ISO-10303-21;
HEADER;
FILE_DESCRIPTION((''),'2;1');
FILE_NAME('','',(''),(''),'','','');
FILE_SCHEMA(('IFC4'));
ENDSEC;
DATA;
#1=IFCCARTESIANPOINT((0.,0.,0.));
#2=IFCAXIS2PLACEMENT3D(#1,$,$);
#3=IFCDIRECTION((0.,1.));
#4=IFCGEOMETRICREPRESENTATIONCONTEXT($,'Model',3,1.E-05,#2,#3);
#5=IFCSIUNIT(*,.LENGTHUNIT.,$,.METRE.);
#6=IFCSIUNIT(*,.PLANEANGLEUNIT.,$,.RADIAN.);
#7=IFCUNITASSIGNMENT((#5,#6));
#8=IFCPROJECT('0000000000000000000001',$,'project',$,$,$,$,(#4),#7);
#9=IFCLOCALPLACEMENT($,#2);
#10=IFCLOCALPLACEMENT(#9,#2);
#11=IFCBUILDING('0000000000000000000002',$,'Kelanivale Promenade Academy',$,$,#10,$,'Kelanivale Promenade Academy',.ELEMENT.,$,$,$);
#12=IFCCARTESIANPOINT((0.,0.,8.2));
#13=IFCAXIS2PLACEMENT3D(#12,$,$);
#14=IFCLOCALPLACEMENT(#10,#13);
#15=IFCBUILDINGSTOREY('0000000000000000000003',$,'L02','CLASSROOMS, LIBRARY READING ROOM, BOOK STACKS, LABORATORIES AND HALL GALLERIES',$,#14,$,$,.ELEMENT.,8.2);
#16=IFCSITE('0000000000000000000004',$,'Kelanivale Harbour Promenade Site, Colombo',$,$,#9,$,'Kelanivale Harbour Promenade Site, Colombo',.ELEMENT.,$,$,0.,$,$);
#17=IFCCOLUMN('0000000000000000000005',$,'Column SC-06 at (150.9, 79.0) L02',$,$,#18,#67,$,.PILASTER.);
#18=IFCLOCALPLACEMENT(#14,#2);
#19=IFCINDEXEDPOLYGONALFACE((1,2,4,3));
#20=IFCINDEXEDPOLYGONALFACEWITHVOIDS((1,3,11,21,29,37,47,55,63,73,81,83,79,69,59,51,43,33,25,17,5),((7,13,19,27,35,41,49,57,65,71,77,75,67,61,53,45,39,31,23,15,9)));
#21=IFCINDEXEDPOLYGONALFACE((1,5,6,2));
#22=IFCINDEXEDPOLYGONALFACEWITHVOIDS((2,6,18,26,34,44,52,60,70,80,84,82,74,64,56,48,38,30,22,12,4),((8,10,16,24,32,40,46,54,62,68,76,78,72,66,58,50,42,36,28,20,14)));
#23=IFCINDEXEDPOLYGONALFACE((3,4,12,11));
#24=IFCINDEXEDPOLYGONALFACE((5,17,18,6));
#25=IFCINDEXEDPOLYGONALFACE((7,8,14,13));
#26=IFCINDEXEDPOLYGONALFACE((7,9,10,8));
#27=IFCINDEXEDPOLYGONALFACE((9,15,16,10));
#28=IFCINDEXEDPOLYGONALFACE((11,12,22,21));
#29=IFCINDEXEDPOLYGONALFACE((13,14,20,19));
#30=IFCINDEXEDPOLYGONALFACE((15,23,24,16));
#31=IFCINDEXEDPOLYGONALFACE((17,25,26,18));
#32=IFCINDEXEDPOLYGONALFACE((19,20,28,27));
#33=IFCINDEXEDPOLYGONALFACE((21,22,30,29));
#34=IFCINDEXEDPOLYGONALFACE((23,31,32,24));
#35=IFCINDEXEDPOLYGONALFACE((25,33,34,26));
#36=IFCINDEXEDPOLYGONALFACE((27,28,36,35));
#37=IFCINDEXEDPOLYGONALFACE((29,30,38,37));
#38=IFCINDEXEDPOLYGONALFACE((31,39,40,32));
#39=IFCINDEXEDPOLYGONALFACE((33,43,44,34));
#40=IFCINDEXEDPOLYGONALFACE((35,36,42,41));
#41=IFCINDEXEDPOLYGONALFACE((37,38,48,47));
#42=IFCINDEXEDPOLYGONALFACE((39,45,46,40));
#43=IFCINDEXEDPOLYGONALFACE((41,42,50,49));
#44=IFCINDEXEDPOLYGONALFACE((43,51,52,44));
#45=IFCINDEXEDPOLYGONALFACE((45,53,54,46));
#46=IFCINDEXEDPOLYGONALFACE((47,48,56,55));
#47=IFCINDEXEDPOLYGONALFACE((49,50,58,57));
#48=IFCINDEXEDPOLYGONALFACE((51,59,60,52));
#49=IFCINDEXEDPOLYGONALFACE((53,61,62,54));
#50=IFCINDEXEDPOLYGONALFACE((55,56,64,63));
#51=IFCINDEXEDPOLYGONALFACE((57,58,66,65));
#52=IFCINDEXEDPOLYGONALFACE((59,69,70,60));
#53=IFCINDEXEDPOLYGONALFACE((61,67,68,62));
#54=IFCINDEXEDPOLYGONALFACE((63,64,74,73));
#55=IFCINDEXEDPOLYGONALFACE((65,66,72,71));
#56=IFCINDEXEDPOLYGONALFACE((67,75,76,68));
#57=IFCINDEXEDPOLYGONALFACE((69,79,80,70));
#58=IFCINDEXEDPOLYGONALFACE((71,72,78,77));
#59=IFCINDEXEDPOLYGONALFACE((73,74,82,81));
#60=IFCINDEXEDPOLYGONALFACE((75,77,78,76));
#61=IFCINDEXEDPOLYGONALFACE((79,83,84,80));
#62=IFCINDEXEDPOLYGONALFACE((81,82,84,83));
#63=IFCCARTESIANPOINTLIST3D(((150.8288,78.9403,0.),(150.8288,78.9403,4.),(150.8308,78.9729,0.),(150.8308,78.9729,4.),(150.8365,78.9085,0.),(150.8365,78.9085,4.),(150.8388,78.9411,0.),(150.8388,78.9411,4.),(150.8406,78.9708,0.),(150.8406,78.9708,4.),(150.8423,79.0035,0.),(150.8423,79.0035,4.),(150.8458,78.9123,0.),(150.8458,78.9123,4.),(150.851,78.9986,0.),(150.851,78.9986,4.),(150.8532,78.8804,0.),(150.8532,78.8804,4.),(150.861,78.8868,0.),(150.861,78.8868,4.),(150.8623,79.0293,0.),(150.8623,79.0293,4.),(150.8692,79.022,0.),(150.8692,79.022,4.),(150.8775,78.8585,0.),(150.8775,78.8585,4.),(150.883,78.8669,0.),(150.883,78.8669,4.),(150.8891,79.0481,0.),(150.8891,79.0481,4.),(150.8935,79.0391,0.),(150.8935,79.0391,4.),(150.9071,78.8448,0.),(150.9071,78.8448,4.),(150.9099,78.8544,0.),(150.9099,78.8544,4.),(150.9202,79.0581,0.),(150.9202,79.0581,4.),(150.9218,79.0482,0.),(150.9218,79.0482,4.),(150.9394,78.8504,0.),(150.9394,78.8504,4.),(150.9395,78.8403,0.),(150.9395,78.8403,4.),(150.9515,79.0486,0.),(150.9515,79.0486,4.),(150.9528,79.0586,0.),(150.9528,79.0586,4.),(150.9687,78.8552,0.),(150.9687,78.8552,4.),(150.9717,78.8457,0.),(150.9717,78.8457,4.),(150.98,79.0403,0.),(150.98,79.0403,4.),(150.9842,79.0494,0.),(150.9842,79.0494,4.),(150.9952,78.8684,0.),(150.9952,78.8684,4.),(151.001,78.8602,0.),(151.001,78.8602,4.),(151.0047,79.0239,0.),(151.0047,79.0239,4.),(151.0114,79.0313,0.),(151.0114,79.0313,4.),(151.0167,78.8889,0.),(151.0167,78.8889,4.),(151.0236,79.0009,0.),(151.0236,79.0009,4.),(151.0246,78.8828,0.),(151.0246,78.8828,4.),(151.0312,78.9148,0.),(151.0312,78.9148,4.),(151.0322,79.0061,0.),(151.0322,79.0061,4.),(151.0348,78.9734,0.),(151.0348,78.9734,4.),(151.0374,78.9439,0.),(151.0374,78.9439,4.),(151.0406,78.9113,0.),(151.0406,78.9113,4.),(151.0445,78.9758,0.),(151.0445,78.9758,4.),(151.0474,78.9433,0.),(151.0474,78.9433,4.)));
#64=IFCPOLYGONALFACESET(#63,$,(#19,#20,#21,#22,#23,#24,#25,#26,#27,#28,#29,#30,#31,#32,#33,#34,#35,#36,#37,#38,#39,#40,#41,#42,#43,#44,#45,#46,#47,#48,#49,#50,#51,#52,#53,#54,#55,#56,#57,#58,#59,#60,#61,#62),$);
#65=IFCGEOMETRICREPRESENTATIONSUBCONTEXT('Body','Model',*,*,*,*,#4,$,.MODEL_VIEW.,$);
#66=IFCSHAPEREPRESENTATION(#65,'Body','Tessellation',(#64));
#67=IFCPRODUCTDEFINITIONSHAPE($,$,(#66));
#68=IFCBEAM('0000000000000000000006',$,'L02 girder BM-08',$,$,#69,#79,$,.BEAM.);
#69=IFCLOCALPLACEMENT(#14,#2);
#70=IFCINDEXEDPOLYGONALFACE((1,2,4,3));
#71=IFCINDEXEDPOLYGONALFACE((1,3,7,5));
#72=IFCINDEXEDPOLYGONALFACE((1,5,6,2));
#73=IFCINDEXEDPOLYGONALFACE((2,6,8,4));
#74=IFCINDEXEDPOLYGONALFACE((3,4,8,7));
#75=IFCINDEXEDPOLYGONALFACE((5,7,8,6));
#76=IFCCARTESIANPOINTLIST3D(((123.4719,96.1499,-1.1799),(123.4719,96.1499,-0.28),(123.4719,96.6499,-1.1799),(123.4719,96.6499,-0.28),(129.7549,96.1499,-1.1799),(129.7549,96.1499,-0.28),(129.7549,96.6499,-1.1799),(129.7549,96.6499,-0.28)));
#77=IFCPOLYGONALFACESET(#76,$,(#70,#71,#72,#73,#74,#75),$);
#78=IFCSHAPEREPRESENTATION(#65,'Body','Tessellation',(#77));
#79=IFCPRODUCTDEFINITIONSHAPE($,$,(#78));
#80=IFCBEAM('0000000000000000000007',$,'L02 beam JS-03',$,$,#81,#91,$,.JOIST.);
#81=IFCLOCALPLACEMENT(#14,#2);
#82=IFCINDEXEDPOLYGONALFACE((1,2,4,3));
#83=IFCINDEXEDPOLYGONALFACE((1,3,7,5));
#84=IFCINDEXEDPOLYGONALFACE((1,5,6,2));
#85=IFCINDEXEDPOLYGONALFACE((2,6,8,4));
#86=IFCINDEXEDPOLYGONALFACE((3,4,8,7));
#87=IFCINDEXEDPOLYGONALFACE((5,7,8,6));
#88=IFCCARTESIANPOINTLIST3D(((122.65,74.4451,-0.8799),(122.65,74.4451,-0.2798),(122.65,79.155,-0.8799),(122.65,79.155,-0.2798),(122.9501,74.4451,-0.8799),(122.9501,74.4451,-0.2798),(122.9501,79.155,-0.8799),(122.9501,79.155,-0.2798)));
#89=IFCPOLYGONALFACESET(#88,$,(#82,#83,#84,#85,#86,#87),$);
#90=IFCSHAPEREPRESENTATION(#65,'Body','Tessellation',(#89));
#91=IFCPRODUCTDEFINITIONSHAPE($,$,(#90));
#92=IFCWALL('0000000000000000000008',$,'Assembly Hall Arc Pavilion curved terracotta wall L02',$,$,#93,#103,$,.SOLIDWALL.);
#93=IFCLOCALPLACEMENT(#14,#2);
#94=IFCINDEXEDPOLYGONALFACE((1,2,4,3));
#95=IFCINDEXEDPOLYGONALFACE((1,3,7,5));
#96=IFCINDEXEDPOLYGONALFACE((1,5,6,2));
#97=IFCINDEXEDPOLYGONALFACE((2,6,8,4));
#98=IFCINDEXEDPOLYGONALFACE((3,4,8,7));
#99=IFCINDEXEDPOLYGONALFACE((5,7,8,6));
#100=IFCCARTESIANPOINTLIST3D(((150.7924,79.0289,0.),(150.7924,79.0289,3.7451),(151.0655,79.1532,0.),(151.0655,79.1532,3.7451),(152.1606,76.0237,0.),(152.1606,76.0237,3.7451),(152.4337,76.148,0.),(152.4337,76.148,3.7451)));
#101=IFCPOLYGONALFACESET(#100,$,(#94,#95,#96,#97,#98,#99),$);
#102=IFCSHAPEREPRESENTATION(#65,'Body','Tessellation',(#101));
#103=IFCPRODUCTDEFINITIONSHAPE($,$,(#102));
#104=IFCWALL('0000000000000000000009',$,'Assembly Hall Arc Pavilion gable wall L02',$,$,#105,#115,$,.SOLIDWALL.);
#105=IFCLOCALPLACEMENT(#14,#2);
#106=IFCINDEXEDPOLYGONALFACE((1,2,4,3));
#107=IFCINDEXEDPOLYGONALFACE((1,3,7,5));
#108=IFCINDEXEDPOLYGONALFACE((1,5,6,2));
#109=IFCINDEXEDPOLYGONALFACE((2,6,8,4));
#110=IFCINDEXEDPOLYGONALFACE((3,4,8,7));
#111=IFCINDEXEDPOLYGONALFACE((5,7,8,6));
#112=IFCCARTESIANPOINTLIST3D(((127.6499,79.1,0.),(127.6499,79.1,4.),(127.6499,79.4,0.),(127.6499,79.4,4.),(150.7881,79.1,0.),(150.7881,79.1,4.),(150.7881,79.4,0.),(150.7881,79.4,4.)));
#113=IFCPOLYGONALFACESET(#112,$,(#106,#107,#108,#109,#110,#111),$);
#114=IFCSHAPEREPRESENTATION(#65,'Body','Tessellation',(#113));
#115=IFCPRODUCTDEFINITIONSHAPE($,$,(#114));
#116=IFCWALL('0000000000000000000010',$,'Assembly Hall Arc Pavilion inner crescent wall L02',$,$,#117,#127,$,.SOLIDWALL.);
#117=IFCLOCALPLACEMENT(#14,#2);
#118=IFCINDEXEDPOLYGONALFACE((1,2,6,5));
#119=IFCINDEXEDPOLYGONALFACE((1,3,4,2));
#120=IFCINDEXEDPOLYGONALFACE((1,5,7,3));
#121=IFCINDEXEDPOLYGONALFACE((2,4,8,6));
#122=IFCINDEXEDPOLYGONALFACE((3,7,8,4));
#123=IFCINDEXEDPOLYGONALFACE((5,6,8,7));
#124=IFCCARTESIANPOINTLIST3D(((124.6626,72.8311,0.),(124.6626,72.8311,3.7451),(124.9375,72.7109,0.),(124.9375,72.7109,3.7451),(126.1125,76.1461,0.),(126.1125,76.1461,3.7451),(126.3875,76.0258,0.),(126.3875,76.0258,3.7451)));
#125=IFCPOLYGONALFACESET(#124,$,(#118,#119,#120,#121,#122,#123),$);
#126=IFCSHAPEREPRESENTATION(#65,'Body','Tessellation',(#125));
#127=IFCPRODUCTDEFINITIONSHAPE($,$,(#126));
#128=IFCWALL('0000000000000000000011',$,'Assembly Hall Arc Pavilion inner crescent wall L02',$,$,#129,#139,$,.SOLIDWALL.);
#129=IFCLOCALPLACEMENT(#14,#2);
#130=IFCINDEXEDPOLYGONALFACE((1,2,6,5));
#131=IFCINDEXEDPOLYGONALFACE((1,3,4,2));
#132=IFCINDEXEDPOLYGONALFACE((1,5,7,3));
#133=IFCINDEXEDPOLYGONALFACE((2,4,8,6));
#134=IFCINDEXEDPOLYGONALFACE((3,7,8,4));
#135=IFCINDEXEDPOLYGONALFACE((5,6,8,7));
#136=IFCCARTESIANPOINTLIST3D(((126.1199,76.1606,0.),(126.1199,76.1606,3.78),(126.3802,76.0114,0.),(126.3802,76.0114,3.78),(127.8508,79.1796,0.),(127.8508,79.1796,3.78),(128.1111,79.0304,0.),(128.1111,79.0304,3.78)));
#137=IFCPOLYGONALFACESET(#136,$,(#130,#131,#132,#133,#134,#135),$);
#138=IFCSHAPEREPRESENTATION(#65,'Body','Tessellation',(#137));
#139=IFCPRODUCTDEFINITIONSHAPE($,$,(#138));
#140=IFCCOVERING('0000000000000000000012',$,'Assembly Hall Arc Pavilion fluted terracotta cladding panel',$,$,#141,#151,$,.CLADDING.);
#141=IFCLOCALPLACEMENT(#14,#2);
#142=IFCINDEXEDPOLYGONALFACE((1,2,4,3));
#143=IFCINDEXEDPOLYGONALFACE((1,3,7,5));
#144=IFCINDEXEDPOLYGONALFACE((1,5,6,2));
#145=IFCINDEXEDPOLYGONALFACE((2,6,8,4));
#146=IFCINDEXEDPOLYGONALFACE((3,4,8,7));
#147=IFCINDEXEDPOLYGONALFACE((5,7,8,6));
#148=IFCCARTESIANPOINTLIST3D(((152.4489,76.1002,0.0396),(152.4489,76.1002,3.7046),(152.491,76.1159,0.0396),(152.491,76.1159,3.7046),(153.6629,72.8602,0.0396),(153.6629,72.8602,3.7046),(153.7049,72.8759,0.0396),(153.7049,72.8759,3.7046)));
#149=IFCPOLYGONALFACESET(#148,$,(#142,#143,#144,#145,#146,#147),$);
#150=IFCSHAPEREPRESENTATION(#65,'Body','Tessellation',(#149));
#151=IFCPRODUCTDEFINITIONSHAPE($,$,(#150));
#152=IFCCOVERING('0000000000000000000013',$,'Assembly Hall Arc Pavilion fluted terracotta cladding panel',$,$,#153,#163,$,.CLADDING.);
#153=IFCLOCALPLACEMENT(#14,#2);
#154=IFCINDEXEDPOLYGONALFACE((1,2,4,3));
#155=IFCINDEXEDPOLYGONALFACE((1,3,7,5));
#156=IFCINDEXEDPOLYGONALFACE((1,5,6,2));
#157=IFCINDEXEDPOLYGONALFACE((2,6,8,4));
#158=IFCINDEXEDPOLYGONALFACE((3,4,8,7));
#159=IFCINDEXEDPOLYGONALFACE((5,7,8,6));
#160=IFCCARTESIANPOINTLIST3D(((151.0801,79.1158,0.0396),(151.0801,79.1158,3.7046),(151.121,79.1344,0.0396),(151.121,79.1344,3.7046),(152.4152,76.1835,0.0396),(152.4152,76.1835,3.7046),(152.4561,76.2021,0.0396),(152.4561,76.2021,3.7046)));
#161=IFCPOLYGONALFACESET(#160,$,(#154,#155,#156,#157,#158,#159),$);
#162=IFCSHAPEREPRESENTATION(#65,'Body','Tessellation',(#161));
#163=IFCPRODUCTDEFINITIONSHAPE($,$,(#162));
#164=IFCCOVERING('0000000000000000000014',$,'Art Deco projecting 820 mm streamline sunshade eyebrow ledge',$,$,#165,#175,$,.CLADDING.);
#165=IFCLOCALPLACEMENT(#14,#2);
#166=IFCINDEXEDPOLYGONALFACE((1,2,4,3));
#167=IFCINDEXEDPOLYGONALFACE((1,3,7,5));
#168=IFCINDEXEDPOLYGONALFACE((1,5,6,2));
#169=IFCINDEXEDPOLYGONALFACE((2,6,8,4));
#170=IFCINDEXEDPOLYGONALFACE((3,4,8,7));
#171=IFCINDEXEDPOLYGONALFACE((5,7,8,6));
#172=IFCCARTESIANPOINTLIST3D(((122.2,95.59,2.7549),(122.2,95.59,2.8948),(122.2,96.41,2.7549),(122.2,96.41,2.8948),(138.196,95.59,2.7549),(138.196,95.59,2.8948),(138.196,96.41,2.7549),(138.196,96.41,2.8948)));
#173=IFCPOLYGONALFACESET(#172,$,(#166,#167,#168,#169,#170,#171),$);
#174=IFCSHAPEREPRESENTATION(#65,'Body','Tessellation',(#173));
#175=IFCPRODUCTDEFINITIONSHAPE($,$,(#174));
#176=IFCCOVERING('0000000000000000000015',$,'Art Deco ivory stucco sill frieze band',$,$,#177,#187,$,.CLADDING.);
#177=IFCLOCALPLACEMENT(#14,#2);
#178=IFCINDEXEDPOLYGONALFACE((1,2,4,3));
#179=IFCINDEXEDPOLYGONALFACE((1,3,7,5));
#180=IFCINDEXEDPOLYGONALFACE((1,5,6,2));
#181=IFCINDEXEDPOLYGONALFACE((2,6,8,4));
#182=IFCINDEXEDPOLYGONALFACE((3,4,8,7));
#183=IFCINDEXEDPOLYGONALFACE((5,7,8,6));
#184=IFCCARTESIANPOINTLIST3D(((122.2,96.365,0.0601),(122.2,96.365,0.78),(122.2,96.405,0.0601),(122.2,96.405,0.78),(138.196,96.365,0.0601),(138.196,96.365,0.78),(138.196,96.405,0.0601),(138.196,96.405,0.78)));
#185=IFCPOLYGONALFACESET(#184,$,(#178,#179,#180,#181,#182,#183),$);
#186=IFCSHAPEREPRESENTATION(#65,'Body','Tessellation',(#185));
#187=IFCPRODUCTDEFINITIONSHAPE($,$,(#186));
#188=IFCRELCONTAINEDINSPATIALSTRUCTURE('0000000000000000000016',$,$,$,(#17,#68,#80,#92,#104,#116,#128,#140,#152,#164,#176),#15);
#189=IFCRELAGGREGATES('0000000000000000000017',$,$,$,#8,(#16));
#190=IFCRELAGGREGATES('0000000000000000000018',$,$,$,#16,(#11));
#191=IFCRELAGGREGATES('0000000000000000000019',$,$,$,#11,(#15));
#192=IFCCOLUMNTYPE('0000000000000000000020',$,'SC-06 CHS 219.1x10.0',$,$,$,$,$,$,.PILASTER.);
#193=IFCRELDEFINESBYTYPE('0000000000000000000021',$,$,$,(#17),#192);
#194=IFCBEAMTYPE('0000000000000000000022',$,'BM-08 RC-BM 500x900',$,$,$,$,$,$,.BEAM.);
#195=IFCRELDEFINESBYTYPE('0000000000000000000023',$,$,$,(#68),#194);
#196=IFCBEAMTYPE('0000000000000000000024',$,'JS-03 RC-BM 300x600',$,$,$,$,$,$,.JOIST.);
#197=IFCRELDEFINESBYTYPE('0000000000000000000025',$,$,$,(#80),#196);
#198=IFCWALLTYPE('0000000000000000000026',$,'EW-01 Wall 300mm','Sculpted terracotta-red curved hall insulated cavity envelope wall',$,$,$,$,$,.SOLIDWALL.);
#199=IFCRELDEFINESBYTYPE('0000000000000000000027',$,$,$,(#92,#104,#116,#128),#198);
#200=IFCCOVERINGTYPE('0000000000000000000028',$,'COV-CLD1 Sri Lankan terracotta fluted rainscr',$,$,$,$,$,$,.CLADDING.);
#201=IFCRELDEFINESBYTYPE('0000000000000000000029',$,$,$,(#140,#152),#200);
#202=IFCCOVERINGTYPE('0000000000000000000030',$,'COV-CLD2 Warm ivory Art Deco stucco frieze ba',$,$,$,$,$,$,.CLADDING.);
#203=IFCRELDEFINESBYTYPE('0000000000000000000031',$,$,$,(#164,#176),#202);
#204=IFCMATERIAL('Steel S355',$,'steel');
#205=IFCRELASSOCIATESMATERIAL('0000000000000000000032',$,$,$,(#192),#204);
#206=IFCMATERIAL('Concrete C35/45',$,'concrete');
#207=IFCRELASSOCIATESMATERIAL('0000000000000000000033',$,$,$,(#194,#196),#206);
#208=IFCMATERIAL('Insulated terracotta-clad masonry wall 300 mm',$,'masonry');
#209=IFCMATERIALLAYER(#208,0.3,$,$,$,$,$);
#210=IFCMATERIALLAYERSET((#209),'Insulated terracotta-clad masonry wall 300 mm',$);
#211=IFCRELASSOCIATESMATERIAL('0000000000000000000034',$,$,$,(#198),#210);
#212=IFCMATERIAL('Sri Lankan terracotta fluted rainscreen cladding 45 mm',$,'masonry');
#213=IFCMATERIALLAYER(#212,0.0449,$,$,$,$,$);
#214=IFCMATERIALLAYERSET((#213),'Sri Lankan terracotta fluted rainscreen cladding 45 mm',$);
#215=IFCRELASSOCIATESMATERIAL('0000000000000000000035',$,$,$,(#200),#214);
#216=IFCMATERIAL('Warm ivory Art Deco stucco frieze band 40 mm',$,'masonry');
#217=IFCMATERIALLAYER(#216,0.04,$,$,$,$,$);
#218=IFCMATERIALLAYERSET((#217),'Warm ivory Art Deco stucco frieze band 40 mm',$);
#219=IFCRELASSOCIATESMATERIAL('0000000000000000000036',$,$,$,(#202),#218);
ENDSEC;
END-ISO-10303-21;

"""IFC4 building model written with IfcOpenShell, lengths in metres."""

from ifc_helpers import new_model, si_unit, direction, frame, frame_2d, origin, origin_2d, place, context, subcontext, project, spatial, rectangle, hollow_circle, extrude, material, layer, layer_set, material_profile, profile_set, type_object, element, save


model = new_model("IFC4")

# Units and contexts
model_context = context("Model", 3, precision=1e-05, world=origin(), true_north=direction((0.0, 1.0)))
body_context = subcontext(model_context, "Body", "Model", "MODEL_VIEW")
ifc_project = project(units=[si_unit("LENGTHUNIT", "METRE"), si_unit("PLANEANGLEUNIT", "RADIAN")], contexts=[model_context])

# Site, building, storey
site_placement = place(None, origin())
site = spatial("IfcSite", under=ifc_project, at=site_placement, Name="Kelanivale Harbour Promenade Site, Colombo", LongName="Kelanivale Harbour Promenade Site, Colombo", CompositionType="ELEMENT", RefElevation=0.0)
building_placement = place(site_placement, origin())
building = spatial("IfcBuilding", under=site, at=building_placement, Name="Kelanivale Promenade Academy", LongName="Kelanivale Promenade Academy", CompositionType="ELEMENT")
storey_placement = place(building_placement, frame((0.0, 0.0, 8.2)))
storey = spatial("IfcBuildingStorey", under=building, at=storey_placement, Name="L02", Description="CLASSROOMS, LIBRARY READING ROOM, BOOK STACKS, LABORATORIES AND HALL GALLERIES", CompositionType="ELEMENT", Elevation=8.2)

# Column
ifc_material_1 = material(Name="Steel S355", Category="steel")
ifc_material_profile_1 = material_profile(ifc_material_1, hollow_circle(Radius=0.1096, WallThickness=0.01, at=origin_2d()), Name="CHS 219.1x10.0")
ifc_profile_set_1 = profile_set([ifc_material_profile_1], Name="Steel S355")
column_type_1 = type_object("IfcColumnType", Name="SC-06 CHS 219.1x10.0", PredefinedType="PILASTER", material=ifc_profile_set_1)
column_1_placement = place(storey_placement, frame((150.938, 78.95, 0.0), z_axis=(0.0, 0.0, 1.0), x_axis=(-0.446198, 0.894934, 0.0)))
element("IfcColumn", 1, at=column_1_placement, inside=storey, type_object=column_type_1, Name="Column SC-06 at (150.9, 79.0) L02", PredefinedType="PILASTER", context=body_context, shape_type="SweptSolid", body=[
    extrude(hollow_circle(Radius=0.1096, WallThickness=0.01, at=origin_2d()), origin(), (0.0, 0.0, 1.0), 4.0),
])

# Beams
ifc_material_2 = material(Name="Concrete C35/45", Category="concrete")
ifc_material_profile_2 = material_profile(ifc_material_2, rectangle(XDim=0.5, YDim=0.8999, at=origin_2d()), Name="RC-BM 500x900")
ifc_profile_set_2 = profile_set([ifc_material_profile_2], Name="Concrete C35/45")
beam_type_1 = type_object("IfcBeamType", Name="BM-08 RC-BM 500x900", PredefinedType="BEAM", material=ifc_profile_set_2)
beam_1_placement = place(storey_placement, frame((123.4719, 96.3999, -0.73), z_axis=(1.0, 0.0, 0.0), x_axis=(0.0, 1.0, 0.0)))
element("IfcBeam", 2, at=beam_1_placement, inside=storey, type_object=beam_type_1, Name="L02 girder BM-08", PredefinedType="BEAM", context=body_context, shape_type="SweptSolid", body=[
    extrude(rectangle(XDim=0.5, YDim=0.8999, at=origin_2d()), origin(), (0.0, 0.0, 1.0), 6.283),
])
ifc_material_profile_3 = material_profile(ifc_material_2, rectangle(XDim=0.3, YDim=0.6001, at=origin_2d()), Name="RC-BM 300x600")
ifc_profile_set_3 = profile_set([ifc_material_profile_3], Name="Concrete C35/45")
beam_type_2 = type_object("IfcBeamType", Name="JS-03 RC-BM 300x600", PredefinedType="JOIST", material=ifc_profile_set_3)
beam_2_placement = place(storey_placement, frame((122.8, 74.4451, -0.5798), z_axis=(0.0, 1.0, 0.0), x_axis=(-1.0, 0.0, 0.0)))
element("IfcBeam", 3, at=beam_2_placement, inside=storey, type_object=beam_type_2, Name="L02 beam JS-03", PredefinedType="JOIST", context=body_context, shape_type="SweptSolid", body=[
    extrude(rectangle(XDim=0.3, YDim=0.6001, at=origin_2d()), origin(), (0.0, 0.0, 1.0), 4.71),
])

# Walls
ifc_material_3 = material(Name="Insulated terracotta-clad masonry wall 300 mm", Category="masonry")
ifc_layer_1 = layer(ifc_material_3, 0.3)
ifc_layer_set_1 = layer_set([ifc_layer_1], Name="Insulated terracotta-clad masonry wall 300 mm")
wall_type = type_object("IfcWallType", Name="EW-01 Wall 300mm", Description="Sculpted terracotta-red curved hall insulated cavity envelope wall", PredefinedType="SOLIDWALL", material=ifc_layer_set_1)
wall_1_placement = place(storey_placement, frame((152.2971, 76.0859, 0.0), z_axis=(0.0, 0.0, 1.0), x_axis=(-0.414354, 0.910116, 0.0)))
element("IfcWall", 4, at=wall_1_placement, inside=storey, type_object=wall_type, Name="Assembly Hall Arc Pavilion curved terracotta wall L02", PredefinedType="SOLIDWALL", context=body_context, shape_type="SweptSolid", body=[
    extrude(rectangle(XDim=3.302, YDim=0.3, at=frame_2d((1.6509, 0.0))), origin(), (0.0, 0.0, 1.0), 3.7451),
])
wall_2_placement = place(storey_placement, frame((150.7881, 79.25, 0.0), z_axis=(0.0, 0.0, 1.0), x_axis=(-1.0, 0.0, 0.0)))
element("IfcWall", 5, at=wall_2_placement, inside=storey, type_object=wall_type, Name="Assembly Hall Arc Pavilion gable wall L02", PredefinedType="SOLIDWALL", context=body_context, shape_type="SweptSolid", body=[
    extrude(rectangle(XDim=23.1382, YDim=0.3, at=frame_2d((11.5691, 0.0))), origin(), (0.0, 0.0, 1.0), 4.0),
])
wall_3_placement = place(storey_placement, frame((126.25, 76.0859, 0.0), z_axis=(0.0, 0.0, 1.0), x_axis=(-0.400741, -0.916191, 0.0)))
element("IfcWall", 6, at=wall_3_placement, inside=storey, type_object=wall_type, Name="Assembly Hall Arc Pavilion inner crescent wall L02", PredefinedType="SOLIDWALL", context=body_context, shape_type="SweptSolid", body=[
    extrude(rectangle(XDim=3.6182, YDim=0.3, at=frame_2d((1.8091, 0.0))), origin(), (0.0, 0.0, 1.0), 3.7451),
])
wall_4_placement = place(storey_placement, frame((127.981, 79.105, 0.0), z_axis=(0.0, 0.0, 1.0), x_axis=(-0.497393, -0.867526, 0.0)))
element("IfcWall", 7, at=wall_4_placement, inside=storey, type_object=wall_type, Name="Assembly Hall Arc Pavilion inner crescent wall L02", PredefinedType="SOLIDWALL", context=body_context, shape_type="SweptSolid", body=[
    extrude(rectangle(XDim=3.48, YDim=0.3, at=frame_2d((1.74, 0.0))), origin(), (0.0, 0.0, 1.0), 3.78),
])

# Coverings
ifc_material_4 = material(Name="Sri Lankan terracotta fluted rainscreen cladding 45 mm", Category="masonry")
ifc_layer_2 = layer(ifc_material_4, 0.0449)
ifc_layer_set_2 = layer_set([ifc_layer_2], Name="Sri Lankan terracotta fluted rainscreen cladding 45 mm")
covering_type_1 = type_object("IfcCoveringType", Name="COV-CLD1 Sri Lankan terracotta fluted rainscr", PredefinedType="CLADDING", material=ifc_layer_set_2)
covering_1_placement = place(storey_placement, frame((153.0769, 74.488, 0.0396), z_axis=(0.0, 0.0, 1.0), x_axis=(-0.350861, 0.936427, 0.0)))
element("IfcCovering", 8, at=covering_1_placement, inside=storey, type_object=covering_type_1, Name="Assembly Hall Arc Pavilion fluted terracotta cladding panel", PredefinedType="CLADDING", context=body_context, shape_type="SweptSolid", body=[
    extrude(rectangle(XDim=3.46, YDim=0.0449, at=origin_2d()), origin(), (0.0, 0.0, 1.0), 3.665),
])
covering_2_placement = place(storey_placement, frame((151.7681, 77.6589, 0.0396), z_axis=(0.0, 0.0, 1.0), x_axis=(-0.414376, 0.910106, 0.0)))
element("IfcCovering", 9, at=covering_2_placement, inside=storey, type_object=covering_type_1, Name="Assembly Hall Arc Pavilion fluted terracotta cladding panel", PredefinedType="CLADDING", context=body_context, shape_type="SweptSolid", body=[
    extrude(rectangle(XDim=3.2219, YDim=0.0449, at=origin_2d()), origin(), (0.0, 0.0, 1.0), 3.665),
])
ifc_material_5 = material(Name="Warm ivory Art Deco stucco frieze band 40 mm", Category="masonry")
ifc_layer_3 = layer(ifc_material_5, 0.04)
ifc_layer_set_3 = layer_set([ifc_layer_3], Name="Warm ivory Art Deco stucco frieze band 40 mm")
covering_type_2 = type_object("IfcCoveringType", Name="COV-CLD2 Warm ivory Art Deco stucco frieze ba", PredefinedType="CLADDING", material=ifc_layer_set_3)
covering_3_placement = place(storey_placement, frame((130.198, 96.0, 2.7549), z_axis=(0.0, 0.0, 1.0), x_axis=(1.0, 0.0, 0.0)))
element("IfcCovering", 10, at=covering_3_placement, inside=storey, type_object=covering_type_2, Name="Art Deco projecting 820 mm streamline sunshade eyebrow ledge", PredefinedType="CLADDING", context=body_context, shape_type="SweptSolid", body=[
    extrude(rectangle(XDim=15.9961, YDim=0.8201, at=origin_2d()), origin(), (0.0, 0.0, 1.0), 0.1399),
])
covering_4_placement = place(storey_placement, frame((130.198, 96.385, 0.0601), z_axis=(0.0, 0.0, 1.0), x_axis=(1.0, 0.0, 0.0)))
element("IfcCovering", 11, at=covering_4_placement, inside=storey, type_object=covering_type_2, Name="Art Deco ivory stucco sill frieze band", PredefinedType="CLADDING", context=body_context, shape_type="SweptSolid", body=[
    extrude(rectangle(XDim=15.9961, YDim=0.04, at=origin_2d()), origin(), (0.0, 0.0, 1.0), 0.72),
])

save(model, "model.ifc")
